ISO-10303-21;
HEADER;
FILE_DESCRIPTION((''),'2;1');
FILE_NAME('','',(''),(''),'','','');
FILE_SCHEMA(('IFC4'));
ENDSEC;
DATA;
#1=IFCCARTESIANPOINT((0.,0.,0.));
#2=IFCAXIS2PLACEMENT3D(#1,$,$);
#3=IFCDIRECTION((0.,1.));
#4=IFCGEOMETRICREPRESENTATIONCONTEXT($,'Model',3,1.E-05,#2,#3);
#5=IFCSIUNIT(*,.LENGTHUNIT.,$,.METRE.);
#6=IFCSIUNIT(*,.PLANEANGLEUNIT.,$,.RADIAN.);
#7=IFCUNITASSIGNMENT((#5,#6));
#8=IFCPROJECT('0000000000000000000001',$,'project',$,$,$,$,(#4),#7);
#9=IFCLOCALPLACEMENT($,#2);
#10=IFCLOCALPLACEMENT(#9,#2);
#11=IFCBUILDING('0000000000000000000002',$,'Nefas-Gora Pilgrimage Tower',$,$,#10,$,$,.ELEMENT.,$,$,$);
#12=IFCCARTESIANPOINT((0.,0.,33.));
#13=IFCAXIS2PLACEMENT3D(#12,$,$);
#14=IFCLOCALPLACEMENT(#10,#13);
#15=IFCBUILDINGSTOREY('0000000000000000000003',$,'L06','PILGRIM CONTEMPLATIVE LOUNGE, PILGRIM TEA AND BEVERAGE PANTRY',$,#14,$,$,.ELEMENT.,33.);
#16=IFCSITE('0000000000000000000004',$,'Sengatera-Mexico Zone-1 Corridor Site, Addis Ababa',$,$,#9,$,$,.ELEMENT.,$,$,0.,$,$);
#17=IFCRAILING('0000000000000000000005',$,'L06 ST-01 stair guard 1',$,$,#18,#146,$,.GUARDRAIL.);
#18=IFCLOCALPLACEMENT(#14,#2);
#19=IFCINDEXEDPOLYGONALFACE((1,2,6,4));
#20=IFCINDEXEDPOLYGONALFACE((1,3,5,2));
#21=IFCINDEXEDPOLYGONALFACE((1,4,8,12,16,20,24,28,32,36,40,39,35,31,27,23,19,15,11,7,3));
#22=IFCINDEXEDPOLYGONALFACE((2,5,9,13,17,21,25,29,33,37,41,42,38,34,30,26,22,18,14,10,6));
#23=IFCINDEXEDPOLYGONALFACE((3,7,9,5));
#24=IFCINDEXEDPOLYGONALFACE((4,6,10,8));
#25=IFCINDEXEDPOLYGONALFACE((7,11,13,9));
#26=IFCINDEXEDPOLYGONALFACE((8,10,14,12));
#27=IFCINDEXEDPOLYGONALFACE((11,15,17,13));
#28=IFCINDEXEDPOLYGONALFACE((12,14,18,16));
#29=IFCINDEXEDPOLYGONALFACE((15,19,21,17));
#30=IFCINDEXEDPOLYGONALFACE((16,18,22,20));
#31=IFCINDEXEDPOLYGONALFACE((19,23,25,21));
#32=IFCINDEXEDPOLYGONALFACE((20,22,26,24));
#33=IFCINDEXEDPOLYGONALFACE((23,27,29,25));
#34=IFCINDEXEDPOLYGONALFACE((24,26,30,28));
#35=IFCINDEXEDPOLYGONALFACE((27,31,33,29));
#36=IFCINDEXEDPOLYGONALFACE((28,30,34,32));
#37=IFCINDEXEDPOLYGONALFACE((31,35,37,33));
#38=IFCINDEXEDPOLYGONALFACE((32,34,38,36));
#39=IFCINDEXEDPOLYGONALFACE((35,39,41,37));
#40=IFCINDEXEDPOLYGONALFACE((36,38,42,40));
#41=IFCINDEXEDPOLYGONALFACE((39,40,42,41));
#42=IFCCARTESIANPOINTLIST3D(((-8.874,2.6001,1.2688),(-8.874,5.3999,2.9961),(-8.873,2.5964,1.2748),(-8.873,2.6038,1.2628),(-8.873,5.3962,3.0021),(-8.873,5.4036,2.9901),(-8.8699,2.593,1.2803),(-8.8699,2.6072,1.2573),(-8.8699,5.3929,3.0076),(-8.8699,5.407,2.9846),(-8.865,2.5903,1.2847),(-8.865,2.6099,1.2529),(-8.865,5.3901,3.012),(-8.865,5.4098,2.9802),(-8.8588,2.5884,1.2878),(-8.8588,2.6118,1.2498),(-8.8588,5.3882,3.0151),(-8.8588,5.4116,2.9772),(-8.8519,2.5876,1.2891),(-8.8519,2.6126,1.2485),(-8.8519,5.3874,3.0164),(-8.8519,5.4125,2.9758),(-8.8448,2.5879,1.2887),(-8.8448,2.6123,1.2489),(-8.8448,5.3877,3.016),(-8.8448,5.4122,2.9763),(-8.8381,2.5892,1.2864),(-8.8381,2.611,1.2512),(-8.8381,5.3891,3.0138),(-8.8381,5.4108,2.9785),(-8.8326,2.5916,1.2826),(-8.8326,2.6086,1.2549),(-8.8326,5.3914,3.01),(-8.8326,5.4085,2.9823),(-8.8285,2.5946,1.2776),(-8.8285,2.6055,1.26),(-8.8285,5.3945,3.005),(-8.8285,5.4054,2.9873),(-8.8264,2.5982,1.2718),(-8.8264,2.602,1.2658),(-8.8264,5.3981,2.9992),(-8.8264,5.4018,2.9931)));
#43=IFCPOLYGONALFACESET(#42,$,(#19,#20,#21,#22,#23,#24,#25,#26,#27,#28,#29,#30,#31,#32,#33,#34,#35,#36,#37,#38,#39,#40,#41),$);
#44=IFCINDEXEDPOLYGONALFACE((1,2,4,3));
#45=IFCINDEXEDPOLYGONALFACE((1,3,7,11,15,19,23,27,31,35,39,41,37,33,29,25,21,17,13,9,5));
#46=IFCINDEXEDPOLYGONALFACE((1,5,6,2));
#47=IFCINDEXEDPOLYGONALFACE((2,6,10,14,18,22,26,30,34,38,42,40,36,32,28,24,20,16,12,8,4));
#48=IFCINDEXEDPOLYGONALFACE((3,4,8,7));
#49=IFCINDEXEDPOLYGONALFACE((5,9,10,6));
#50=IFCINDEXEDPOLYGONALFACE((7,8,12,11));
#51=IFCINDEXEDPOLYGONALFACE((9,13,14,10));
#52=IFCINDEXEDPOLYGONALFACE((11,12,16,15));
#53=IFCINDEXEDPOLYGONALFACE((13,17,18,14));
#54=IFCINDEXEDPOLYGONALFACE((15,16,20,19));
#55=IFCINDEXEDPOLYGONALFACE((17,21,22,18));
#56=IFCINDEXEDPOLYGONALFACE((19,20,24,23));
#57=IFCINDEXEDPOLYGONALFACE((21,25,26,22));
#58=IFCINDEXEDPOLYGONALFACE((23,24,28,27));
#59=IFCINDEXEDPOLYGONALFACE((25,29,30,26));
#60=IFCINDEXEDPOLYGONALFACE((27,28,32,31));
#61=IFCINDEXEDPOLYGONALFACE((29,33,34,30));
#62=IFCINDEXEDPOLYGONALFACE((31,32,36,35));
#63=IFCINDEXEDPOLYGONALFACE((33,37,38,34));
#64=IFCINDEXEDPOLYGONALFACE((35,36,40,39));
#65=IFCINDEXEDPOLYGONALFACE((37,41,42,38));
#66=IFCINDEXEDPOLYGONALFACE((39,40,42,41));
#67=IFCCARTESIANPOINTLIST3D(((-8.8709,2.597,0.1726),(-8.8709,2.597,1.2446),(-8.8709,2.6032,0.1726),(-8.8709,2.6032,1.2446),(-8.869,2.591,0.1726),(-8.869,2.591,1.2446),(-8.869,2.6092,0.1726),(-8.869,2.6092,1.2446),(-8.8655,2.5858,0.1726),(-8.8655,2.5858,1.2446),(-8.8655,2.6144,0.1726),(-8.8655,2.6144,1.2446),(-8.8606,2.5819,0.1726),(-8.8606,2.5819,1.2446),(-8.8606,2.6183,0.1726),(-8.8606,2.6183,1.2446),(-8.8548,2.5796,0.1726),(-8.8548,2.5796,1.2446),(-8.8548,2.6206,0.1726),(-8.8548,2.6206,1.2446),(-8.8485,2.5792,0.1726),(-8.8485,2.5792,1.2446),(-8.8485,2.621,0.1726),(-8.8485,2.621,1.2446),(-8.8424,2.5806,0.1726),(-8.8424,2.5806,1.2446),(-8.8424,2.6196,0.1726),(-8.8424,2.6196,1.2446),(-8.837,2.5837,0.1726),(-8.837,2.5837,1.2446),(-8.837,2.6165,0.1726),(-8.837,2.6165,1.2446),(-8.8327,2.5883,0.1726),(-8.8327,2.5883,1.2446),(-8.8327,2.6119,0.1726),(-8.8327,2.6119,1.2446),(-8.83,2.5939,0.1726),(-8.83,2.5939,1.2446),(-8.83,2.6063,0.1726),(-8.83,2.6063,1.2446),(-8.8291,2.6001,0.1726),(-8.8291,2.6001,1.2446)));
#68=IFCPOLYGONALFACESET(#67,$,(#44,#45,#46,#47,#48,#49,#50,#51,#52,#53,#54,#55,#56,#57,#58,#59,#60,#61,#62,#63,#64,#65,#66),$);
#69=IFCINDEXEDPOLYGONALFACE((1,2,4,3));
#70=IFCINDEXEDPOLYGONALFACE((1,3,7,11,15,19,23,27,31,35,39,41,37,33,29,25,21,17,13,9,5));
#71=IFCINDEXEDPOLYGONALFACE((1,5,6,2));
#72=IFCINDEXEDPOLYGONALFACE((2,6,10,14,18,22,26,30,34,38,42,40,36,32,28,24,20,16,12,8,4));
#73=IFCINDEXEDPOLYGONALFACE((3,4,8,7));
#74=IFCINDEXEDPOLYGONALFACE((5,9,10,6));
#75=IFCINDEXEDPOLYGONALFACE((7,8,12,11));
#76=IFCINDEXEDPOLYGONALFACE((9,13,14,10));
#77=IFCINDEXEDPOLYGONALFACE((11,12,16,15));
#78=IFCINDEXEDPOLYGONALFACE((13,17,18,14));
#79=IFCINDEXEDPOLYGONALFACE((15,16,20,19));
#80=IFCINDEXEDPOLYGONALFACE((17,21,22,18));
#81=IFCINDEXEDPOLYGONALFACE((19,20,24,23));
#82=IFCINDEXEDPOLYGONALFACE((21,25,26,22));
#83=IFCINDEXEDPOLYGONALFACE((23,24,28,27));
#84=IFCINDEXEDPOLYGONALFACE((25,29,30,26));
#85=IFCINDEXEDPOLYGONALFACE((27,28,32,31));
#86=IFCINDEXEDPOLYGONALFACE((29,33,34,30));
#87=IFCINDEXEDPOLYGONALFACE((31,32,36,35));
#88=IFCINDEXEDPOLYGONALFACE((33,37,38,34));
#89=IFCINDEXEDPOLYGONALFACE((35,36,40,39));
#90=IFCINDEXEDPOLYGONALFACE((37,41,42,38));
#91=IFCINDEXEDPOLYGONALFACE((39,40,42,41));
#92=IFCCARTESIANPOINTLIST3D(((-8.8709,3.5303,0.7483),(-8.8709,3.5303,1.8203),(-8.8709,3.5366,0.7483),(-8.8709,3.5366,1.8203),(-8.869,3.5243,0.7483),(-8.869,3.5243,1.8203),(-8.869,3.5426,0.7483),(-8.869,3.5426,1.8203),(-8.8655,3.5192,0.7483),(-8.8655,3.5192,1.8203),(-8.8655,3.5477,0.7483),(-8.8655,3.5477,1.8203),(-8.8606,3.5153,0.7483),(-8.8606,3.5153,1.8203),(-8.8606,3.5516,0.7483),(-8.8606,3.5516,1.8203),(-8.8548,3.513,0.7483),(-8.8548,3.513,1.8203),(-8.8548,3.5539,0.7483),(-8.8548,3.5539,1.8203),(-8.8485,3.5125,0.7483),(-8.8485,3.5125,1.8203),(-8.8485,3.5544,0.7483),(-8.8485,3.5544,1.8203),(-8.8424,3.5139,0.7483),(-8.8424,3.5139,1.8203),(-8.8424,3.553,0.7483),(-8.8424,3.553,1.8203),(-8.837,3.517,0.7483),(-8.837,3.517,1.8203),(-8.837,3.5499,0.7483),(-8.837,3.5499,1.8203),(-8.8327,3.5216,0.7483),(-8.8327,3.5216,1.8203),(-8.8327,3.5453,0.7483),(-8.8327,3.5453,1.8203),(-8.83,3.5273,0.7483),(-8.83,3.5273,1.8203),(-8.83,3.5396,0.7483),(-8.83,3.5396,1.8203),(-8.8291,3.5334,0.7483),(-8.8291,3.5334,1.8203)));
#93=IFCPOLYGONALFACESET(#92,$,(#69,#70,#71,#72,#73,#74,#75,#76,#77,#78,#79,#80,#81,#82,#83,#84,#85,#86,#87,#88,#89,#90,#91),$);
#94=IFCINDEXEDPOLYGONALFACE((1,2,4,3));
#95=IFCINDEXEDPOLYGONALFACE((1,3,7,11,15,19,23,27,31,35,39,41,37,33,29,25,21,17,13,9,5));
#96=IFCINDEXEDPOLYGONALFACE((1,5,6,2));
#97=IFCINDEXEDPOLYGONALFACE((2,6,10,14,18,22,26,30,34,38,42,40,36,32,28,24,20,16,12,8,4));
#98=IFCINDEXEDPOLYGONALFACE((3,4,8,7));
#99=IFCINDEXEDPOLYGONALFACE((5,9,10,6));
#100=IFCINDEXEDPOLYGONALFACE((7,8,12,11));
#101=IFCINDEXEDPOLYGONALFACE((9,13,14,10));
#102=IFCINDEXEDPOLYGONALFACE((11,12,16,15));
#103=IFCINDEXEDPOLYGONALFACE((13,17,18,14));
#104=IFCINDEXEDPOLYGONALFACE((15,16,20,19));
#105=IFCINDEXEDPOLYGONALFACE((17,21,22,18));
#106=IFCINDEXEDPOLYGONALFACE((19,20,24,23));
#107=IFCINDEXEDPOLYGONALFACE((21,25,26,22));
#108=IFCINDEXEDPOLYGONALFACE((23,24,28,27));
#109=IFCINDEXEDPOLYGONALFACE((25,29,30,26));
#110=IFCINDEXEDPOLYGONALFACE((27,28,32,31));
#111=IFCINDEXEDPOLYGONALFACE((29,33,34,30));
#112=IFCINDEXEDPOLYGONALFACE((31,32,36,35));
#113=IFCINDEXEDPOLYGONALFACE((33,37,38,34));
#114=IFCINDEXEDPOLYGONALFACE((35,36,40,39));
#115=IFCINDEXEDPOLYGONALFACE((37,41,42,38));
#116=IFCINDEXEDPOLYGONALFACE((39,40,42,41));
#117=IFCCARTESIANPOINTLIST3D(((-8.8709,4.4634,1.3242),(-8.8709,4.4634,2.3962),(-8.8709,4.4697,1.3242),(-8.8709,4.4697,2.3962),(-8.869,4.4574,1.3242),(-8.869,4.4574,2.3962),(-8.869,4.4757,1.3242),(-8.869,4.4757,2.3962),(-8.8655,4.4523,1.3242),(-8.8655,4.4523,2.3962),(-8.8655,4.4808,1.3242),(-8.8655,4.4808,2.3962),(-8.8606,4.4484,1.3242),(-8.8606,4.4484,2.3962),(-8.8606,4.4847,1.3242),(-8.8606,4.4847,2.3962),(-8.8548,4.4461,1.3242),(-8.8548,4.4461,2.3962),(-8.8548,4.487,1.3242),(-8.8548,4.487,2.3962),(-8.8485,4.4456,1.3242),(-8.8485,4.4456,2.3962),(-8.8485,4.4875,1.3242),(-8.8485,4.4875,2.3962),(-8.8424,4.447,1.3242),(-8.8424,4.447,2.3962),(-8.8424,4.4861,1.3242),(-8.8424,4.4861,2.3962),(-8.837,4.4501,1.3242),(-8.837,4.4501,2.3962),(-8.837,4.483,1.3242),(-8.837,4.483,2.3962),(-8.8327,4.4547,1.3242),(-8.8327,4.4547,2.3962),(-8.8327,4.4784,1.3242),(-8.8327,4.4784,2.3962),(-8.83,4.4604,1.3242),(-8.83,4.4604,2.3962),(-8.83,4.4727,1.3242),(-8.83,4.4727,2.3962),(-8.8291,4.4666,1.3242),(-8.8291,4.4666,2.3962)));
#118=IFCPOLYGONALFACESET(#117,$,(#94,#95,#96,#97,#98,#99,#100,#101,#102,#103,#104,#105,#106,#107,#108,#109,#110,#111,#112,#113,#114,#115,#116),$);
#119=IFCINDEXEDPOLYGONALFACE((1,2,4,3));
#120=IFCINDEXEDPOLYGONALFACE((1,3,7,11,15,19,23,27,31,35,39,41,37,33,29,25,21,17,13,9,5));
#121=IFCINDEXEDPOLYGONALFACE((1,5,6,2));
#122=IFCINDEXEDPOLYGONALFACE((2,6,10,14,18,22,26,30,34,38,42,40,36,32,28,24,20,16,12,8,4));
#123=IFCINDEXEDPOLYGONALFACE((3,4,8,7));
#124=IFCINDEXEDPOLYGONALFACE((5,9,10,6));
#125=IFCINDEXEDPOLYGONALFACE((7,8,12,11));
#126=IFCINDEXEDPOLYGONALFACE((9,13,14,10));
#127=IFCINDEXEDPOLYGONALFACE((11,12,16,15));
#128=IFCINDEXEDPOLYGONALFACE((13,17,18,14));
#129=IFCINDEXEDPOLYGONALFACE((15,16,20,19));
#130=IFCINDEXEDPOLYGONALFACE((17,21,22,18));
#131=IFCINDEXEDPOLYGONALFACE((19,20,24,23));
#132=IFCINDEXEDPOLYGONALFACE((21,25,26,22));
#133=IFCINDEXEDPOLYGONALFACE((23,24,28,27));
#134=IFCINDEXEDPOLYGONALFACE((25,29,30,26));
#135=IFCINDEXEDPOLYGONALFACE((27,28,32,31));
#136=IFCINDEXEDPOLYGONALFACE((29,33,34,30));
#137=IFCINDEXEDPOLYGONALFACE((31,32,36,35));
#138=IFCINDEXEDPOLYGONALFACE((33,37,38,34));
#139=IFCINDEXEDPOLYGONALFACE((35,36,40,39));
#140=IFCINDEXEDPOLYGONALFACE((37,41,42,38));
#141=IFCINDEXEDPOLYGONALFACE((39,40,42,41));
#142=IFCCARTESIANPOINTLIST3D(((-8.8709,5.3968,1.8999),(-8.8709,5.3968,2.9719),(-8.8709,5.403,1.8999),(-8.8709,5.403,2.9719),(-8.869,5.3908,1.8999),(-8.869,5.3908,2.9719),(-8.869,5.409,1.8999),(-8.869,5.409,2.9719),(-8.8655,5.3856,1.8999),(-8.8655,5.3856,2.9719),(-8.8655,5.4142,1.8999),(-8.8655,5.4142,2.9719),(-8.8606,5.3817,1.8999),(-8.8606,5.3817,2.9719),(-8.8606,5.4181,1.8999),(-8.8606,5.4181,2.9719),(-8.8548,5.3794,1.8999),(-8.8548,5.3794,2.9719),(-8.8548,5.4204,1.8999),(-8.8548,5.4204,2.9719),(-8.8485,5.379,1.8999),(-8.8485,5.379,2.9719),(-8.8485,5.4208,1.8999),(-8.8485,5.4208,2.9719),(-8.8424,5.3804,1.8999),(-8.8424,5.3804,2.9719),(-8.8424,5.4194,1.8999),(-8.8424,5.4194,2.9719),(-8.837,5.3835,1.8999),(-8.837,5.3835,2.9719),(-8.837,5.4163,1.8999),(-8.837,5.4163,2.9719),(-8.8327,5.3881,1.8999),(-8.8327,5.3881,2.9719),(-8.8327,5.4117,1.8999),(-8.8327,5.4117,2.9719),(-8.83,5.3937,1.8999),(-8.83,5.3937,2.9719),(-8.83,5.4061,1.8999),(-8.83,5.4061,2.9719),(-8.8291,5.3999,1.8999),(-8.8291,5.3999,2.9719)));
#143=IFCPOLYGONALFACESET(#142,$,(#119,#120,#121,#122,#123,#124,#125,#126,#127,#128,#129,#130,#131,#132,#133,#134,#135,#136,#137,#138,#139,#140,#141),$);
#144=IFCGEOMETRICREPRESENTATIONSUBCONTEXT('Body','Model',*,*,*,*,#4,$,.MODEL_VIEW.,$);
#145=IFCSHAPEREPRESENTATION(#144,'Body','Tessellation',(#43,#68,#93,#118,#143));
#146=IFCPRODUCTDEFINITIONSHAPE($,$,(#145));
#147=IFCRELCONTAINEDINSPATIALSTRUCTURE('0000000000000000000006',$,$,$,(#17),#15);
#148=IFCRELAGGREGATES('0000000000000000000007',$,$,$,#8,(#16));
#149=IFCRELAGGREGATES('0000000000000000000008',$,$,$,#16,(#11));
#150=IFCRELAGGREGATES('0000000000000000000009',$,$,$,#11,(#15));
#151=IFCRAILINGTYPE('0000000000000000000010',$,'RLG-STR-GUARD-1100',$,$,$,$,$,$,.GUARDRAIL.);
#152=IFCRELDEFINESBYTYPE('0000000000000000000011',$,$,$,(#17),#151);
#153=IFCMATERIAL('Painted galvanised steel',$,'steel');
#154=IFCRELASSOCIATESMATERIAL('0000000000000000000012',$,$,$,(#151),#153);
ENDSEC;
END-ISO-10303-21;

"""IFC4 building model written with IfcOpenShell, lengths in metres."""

from ifc_helpers import new_model, si_unit, direction, frame, origin, origin_2d, place, context, subcontext, project, spatial, circle, extrude, material, type_object, element, save


model = new_model("IFC4")

# Units and contexts
model_context = context("Model", 3, precision=1e-05, world=origin(), true_north=direction((0.0, 1.0)))
body_context = subcontext(model_context, "Body", "Model", "MODEL_VIEW")
ifc_project = project(units=[si_unit("LENGTHUNIT", "METRE"), si_unit("PLANEANGLEUNIT", "RADIAN")], contexts=[model_context])

# Site, building, storey
site_placement = place(None, origin())
site = spatial("IfcSite", under=ifc_project, at=site_placement, Name="Sengatera-Mexico Zone-1 Corridor Site, Addis Ababa", CompositionType="ELEMENT", RefElevation=0.0)
building_placement = place(site_placement, origin())
building = spatial("IfcBuilding", under=site, at=building_placement, Name="Nefas-Gora Pilgrimage Tower", CompositionType="ELEMENT")
storey_placement = place(building_placement, frame((0.0, 0.0, 33.0)))
storey = spatial("IfcBuildingStorey", under=building, at=storey_placement, Name="L06", Description="PILGRIM CONTEMPLATIVE LOUNGE, PILGRIM TEA AND BEVERAGE PANTRY", CompositionType="ELEMENT", Elevation=33.0)

# Railing
ifc_material_1 = material(Name="Painted galvanised steel", Category="steel")
railing_type_1 = type_object("IfcRailingType", Name="RLG-STR-GUARD-1100", PredefinedType="GUARDRAIL", material=ifc_material_1)
railing_1_placement = place(storey_placement, frame((-8.8501, 2.6001, 0.1726)))
element("IfcRailing", 1, at=railing_1_placement, inside=storey, type_object=railing_type_1, Name="L06 ST-01 stair guard 1", PredefinedType="GUARDRAIL", context=body_context, shape_type="SweptSolid", body=[
    extrude(circle(Radius=0.0239, at=origin_2d()), frame((0.0, 0.0, 1.0962), z_axis=(0.0, 0.851069, 0.525054), x_axis=(-1.0, 0.0, 0.0)), (0.0, 0.0, 1.0), 3.2898),
    extrude(circle(Radius=0.021, at=origin_2d()), origin(), (0.0, 0.0, 1.0), 1.072),
    extrude(circle(Radius=0.021, at=origin_2d()), frame((0.0, 0.9333, 0.5757)), (0.0, 0.0, 1.0), 1.072),
    extrude(circle(Radius=0.021, at=origin_2d()), frame((0.0, 1.8665, 1.1516)), (0.0, 0.0, 1.0), 1.072),
    extrude(circle(Radius=0.021, at=origin_2d()), frame((0.0, 2.7998, 1.7273)), (0.0, 0.0, 1.0), 1.072),
])

save(model, "model.ifc")
